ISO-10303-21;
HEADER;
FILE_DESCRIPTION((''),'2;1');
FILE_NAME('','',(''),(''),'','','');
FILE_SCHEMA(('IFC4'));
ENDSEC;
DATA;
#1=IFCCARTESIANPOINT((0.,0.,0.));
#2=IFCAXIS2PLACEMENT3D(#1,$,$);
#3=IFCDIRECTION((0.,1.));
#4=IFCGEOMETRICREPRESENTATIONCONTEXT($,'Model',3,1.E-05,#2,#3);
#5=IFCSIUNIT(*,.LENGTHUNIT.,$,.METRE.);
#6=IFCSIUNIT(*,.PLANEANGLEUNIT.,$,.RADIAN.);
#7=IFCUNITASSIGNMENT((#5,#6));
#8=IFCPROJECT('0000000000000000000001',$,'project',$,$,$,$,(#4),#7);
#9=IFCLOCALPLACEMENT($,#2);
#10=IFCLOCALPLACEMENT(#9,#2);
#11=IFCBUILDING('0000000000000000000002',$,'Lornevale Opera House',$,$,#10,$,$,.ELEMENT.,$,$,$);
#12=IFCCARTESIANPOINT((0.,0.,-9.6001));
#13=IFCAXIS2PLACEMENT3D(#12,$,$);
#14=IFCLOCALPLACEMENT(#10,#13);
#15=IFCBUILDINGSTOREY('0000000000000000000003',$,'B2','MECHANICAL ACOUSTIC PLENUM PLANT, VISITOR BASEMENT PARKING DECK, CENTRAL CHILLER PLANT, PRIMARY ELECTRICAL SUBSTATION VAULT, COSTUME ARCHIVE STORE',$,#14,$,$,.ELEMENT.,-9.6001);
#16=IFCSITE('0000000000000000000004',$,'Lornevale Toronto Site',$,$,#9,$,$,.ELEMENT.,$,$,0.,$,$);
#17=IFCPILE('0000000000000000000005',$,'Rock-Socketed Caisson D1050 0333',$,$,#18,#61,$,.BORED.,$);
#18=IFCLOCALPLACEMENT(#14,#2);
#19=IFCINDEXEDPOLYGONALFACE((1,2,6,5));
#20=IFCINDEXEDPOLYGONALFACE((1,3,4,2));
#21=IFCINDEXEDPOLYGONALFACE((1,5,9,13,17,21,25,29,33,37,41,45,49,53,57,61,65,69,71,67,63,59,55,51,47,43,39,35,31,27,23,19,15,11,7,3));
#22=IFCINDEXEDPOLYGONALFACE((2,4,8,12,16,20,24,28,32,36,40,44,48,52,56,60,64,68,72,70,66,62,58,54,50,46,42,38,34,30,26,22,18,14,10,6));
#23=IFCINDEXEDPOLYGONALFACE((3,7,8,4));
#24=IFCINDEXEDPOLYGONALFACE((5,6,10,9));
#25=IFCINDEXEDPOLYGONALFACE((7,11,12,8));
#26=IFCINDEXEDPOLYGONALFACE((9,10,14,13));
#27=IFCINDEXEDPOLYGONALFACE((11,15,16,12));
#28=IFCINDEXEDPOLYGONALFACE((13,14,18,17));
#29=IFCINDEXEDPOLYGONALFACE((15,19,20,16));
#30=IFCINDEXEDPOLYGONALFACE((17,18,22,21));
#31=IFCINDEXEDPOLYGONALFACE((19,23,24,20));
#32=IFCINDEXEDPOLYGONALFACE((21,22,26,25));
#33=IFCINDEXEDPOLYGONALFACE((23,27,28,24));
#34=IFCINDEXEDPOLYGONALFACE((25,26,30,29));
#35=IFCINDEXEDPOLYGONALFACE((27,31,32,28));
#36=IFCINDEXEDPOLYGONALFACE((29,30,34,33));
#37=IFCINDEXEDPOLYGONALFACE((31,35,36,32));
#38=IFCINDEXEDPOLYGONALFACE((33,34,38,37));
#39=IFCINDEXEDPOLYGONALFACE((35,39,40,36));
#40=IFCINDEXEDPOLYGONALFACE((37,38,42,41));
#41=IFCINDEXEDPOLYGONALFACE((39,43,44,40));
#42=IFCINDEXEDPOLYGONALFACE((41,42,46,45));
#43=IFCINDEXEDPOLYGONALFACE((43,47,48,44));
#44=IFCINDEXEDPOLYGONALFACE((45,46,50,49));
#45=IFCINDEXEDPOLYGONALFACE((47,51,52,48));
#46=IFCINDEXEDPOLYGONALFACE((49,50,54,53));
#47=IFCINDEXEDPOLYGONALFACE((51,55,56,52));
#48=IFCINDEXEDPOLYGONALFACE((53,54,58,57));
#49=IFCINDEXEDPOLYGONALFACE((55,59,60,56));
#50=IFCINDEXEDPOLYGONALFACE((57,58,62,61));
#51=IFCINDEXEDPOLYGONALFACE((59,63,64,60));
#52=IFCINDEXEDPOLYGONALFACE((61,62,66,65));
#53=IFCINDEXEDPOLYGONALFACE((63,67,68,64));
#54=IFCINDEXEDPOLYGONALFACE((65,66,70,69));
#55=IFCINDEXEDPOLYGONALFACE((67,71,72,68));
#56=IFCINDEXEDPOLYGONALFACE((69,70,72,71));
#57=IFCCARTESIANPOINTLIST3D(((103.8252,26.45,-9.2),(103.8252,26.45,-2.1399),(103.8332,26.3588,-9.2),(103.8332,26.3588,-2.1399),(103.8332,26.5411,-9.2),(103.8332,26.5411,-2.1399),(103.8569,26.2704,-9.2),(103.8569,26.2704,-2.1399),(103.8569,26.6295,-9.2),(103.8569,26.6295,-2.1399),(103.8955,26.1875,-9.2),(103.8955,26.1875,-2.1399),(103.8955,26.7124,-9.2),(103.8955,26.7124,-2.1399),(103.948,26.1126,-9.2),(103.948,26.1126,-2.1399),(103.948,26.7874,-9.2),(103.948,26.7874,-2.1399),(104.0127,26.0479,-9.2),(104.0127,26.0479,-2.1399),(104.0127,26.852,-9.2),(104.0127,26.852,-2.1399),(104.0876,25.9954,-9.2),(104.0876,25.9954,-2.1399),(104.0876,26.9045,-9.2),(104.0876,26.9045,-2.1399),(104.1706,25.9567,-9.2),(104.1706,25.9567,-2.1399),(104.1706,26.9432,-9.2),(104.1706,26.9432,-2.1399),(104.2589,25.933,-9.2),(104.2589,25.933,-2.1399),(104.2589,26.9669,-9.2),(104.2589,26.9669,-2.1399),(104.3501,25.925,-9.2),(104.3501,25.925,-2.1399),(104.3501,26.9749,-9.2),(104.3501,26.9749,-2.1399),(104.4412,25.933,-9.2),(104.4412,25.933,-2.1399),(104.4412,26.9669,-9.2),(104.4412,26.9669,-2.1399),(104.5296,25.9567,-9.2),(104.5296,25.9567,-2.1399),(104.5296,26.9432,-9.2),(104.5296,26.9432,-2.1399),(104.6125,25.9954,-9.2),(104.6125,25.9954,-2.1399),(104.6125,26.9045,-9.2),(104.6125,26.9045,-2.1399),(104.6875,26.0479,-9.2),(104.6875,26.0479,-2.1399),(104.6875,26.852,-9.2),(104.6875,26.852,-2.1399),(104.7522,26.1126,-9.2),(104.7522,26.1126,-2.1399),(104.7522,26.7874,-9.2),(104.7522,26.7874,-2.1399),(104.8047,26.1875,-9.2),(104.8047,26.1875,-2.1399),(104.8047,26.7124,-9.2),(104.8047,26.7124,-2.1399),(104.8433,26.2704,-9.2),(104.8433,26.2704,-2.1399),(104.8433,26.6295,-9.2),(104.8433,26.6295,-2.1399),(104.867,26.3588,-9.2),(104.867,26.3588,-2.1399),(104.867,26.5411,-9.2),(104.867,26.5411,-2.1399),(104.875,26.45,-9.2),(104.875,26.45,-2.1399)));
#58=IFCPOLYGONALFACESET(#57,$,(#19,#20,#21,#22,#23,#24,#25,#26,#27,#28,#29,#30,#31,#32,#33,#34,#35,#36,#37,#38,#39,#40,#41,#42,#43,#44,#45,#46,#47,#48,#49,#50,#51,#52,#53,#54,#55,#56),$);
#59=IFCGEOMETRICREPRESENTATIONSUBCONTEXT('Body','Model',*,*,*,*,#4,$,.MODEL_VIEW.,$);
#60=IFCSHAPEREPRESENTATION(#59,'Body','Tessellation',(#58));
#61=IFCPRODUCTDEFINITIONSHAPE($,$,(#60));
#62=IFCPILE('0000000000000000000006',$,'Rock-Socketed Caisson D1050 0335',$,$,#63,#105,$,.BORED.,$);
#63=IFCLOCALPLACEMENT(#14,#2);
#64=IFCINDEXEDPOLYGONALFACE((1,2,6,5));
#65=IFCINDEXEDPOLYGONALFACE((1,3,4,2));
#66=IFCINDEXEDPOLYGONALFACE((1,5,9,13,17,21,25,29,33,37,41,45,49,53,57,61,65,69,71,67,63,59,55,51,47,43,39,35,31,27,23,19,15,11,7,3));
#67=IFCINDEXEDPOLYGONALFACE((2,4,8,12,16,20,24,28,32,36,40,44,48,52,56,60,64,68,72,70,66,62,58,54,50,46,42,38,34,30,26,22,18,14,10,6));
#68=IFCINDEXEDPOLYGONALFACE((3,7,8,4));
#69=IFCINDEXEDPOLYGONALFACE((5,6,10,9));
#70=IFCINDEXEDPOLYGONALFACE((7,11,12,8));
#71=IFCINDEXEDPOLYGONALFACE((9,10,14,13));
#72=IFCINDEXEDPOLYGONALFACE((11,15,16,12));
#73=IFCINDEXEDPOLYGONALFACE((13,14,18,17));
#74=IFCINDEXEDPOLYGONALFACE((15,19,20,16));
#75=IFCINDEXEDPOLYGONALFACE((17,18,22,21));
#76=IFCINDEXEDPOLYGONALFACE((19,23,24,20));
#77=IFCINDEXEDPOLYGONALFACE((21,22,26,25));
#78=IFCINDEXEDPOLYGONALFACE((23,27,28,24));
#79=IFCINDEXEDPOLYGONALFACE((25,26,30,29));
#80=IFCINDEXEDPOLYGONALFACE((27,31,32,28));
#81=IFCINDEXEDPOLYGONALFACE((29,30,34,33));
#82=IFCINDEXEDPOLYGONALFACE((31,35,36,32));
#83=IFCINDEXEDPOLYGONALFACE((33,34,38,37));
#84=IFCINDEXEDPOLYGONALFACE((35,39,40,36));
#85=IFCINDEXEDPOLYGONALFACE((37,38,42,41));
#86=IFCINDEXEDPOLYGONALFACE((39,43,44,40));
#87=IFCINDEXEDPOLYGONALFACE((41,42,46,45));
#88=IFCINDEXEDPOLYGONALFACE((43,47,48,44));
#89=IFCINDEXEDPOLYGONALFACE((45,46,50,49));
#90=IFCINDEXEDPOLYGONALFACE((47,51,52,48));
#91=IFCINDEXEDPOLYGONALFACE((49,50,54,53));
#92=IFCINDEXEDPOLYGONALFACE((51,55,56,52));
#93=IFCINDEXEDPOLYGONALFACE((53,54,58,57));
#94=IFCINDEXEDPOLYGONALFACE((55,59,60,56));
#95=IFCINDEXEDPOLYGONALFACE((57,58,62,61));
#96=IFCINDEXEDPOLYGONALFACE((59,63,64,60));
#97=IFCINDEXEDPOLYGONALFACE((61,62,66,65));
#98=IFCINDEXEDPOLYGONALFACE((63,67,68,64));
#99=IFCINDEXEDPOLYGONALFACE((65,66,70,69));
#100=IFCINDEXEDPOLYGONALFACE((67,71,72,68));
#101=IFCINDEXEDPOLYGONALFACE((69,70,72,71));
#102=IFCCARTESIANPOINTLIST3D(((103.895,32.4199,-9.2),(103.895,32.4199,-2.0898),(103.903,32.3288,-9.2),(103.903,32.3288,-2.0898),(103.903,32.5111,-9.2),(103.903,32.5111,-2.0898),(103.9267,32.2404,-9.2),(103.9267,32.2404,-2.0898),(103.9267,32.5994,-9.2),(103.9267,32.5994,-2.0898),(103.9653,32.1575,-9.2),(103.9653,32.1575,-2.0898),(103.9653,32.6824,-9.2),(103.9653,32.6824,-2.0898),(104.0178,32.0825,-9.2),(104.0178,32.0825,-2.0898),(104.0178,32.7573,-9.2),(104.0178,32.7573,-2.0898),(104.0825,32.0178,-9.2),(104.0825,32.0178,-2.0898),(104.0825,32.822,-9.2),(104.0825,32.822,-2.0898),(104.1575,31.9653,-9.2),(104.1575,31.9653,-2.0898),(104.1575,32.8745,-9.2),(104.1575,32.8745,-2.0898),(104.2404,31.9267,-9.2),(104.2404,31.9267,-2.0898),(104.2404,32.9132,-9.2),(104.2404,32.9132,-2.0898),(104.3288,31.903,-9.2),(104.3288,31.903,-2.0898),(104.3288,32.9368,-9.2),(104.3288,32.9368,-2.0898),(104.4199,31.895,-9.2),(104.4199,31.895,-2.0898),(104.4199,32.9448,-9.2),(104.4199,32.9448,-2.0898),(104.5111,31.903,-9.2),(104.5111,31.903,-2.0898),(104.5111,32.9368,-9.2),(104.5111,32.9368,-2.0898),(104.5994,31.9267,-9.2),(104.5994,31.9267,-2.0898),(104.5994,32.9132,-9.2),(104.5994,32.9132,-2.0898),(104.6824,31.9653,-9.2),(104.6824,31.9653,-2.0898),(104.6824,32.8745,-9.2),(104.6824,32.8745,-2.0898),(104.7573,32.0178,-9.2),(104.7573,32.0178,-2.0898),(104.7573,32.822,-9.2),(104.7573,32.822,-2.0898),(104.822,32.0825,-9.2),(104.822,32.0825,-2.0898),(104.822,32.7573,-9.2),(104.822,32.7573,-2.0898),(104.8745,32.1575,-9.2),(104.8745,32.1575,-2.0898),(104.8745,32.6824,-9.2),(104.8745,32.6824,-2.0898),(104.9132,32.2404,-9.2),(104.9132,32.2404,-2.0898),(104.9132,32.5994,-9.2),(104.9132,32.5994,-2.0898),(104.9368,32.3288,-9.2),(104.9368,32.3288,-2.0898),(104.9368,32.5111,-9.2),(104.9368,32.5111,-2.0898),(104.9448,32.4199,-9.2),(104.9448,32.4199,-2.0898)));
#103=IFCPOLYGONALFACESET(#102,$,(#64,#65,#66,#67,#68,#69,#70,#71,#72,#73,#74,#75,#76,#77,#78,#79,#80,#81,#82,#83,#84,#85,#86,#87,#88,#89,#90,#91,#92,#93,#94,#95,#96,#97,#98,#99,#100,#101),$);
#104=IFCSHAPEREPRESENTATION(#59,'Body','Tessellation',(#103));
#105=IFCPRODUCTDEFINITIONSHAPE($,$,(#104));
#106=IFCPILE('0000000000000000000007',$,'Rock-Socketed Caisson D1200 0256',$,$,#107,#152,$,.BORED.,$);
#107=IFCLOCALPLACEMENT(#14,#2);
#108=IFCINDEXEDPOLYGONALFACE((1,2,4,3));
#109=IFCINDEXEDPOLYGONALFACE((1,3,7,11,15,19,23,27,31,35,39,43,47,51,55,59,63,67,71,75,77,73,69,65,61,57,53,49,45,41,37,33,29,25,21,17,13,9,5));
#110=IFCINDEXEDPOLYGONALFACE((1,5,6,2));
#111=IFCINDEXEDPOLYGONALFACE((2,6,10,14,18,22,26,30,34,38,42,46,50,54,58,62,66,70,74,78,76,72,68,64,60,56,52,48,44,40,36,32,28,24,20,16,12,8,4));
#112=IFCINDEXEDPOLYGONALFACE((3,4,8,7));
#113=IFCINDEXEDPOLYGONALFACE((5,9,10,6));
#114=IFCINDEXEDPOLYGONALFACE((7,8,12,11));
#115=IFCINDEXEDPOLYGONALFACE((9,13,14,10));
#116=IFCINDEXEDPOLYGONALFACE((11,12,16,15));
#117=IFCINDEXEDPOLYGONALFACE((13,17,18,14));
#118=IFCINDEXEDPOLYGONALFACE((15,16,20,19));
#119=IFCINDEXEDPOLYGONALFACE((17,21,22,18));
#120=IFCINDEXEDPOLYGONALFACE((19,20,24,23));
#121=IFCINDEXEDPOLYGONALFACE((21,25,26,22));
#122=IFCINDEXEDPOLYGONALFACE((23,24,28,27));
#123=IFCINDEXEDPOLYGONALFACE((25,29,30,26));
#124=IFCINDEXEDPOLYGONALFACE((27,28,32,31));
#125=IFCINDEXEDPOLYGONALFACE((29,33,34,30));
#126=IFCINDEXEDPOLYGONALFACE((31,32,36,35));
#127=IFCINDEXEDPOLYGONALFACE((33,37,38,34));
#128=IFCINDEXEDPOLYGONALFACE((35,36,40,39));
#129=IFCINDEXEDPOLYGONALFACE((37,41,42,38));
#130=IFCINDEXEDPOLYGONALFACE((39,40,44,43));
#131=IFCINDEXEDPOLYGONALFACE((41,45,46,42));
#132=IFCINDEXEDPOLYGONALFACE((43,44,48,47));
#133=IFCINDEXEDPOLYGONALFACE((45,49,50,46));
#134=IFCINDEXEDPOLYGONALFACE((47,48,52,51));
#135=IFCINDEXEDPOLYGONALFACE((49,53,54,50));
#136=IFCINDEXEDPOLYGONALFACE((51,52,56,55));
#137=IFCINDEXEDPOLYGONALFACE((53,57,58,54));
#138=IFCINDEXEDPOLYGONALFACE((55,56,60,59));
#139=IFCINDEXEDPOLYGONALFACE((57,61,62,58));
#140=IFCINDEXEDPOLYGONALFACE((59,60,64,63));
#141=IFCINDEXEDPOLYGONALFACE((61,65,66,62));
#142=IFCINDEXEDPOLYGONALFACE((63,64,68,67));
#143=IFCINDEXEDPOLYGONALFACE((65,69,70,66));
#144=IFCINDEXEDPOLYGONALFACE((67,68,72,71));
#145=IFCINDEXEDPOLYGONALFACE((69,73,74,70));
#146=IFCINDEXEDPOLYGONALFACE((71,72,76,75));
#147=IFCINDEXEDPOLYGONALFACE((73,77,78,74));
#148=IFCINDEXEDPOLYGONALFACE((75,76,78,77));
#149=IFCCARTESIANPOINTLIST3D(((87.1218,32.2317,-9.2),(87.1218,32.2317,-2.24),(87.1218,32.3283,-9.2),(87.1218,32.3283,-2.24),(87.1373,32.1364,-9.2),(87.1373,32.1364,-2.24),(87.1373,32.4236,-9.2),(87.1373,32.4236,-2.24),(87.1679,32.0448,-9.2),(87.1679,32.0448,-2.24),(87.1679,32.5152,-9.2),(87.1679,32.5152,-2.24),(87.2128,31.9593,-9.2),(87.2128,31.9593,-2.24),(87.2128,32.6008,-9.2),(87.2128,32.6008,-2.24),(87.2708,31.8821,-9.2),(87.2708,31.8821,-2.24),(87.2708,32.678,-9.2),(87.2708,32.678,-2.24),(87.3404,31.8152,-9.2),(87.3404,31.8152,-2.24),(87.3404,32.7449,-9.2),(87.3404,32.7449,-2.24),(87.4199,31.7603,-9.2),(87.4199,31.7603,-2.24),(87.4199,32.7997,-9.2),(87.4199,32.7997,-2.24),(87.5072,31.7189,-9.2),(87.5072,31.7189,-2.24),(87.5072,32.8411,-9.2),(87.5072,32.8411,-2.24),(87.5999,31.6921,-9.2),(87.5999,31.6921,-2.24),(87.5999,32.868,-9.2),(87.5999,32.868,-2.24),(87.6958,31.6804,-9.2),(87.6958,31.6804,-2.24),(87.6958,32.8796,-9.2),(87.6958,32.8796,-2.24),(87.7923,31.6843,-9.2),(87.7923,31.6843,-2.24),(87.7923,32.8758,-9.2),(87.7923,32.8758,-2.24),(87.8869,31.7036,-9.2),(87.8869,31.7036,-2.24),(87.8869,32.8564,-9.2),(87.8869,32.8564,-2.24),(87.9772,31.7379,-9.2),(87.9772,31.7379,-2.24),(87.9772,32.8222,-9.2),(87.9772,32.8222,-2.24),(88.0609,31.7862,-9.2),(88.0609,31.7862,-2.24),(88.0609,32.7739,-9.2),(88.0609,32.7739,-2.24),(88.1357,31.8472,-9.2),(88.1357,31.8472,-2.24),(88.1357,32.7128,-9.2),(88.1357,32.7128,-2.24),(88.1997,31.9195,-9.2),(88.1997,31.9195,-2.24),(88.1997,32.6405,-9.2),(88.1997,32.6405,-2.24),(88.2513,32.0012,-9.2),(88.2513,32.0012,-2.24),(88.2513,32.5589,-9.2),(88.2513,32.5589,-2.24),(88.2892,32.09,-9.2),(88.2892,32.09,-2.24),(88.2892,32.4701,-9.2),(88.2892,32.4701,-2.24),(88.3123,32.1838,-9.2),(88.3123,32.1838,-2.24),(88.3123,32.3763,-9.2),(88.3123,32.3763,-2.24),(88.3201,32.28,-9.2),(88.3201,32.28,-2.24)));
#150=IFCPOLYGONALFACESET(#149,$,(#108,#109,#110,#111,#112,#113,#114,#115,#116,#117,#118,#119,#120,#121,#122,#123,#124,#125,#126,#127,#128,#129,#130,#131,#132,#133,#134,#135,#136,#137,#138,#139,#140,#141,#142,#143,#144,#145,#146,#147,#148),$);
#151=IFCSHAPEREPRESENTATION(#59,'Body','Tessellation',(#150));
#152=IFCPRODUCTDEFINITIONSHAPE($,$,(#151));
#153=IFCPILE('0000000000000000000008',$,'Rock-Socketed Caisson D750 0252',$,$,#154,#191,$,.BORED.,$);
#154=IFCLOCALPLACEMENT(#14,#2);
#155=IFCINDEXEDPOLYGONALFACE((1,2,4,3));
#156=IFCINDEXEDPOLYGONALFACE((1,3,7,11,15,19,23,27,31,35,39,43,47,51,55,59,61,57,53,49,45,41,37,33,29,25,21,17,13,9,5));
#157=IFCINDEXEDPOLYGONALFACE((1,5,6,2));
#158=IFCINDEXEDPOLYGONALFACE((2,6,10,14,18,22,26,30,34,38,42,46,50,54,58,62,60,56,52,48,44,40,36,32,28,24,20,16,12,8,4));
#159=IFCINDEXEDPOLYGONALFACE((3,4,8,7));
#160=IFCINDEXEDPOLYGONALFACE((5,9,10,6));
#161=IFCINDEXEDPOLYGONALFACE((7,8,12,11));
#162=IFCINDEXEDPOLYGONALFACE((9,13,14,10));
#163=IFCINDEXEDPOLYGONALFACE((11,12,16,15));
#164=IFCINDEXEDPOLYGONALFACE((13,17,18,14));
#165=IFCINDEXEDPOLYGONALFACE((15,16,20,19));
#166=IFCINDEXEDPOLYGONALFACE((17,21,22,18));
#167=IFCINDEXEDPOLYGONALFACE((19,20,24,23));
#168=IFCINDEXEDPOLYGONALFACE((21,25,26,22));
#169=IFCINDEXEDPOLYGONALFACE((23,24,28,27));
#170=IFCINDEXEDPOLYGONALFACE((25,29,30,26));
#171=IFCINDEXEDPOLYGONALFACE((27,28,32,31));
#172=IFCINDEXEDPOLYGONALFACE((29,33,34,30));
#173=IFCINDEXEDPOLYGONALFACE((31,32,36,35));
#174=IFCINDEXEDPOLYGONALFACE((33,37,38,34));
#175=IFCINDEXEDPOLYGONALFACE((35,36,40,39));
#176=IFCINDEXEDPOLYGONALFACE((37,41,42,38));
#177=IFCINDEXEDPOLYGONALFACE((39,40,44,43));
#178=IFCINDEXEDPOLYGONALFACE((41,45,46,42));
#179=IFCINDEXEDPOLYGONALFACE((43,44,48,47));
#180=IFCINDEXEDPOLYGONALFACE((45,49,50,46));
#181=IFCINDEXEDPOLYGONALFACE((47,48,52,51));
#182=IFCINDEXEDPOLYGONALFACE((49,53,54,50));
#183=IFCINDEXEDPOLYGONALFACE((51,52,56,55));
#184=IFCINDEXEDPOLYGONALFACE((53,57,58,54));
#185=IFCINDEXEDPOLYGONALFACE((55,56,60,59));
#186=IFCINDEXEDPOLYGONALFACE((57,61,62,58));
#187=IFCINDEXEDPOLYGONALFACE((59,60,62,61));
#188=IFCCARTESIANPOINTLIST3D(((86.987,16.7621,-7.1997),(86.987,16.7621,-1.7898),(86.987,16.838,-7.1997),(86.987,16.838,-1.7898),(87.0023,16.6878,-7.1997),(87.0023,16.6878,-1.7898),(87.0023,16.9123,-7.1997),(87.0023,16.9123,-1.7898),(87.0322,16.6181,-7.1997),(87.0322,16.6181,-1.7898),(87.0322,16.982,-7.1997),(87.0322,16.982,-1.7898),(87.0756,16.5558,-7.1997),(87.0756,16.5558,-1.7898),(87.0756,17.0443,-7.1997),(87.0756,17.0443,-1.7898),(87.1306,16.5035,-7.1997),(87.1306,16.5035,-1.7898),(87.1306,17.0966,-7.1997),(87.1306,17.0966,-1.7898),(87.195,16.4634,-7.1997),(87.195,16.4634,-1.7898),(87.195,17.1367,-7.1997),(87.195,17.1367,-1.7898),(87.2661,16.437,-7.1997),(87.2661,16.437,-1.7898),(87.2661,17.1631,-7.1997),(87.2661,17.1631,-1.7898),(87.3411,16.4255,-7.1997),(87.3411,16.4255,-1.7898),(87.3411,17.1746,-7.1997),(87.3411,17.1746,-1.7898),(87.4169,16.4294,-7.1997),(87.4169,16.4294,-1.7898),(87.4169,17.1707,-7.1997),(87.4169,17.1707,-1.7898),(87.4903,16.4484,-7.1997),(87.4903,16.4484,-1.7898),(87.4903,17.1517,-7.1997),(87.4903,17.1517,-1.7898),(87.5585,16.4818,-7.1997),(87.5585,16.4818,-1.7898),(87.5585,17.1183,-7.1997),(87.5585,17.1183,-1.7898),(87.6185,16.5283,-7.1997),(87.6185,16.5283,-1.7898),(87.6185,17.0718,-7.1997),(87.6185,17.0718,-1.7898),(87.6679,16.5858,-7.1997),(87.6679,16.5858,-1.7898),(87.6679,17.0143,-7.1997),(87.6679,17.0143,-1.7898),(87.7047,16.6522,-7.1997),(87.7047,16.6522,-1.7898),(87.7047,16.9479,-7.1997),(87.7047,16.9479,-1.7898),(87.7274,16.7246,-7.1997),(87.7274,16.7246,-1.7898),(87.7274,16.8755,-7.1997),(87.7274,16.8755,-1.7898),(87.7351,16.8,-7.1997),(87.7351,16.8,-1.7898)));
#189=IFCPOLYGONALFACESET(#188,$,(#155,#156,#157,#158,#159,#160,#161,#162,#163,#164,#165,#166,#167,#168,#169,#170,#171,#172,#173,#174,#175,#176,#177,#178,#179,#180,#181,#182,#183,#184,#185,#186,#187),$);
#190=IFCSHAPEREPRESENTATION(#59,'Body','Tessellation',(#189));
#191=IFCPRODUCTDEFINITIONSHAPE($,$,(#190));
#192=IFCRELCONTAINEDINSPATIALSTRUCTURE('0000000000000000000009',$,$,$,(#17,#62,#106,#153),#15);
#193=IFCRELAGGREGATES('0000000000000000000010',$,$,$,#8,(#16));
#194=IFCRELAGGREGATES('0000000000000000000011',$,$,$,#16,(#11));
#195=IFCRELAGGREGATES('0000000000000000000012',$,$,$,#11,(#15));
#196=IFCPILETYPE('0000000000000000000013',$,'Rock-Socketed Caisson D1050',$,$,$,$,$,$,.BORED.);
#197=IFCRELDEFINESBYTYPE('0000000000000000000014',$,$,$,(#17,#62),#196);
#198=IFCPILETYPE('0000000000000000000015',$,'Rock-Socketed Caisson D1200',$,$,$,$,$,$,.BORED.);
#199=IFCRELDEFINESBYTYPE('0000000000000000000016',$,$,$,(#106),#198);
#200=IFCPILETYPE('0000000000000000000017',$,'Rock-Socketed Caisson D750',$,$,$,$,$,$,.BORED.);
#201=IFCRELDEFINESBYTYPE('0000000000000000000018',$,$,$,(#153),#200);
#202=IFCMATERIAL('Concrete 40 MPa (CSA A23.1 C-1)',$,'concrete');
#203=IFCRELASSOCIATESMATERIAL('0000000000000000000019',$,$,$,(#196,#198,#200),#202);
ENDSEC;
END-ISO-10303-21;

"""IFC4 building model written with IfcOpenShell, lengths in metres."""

from ifc_helpers import new_model, si_unit, direction, frame, origin, origin_2d, place, context, subcontext, project, spatial, circle, extrude, material, material_profile, profile_set, type_object, element, save


model = new_model("IFC4")

# Units and contexts
model_context = context("Model", 3, precision=1e-05, world=origin(), true_north=direction((0.0, 1.0)))
body_context = subcontext(model_context, "Body", "Model", "MODEL_VIEW")
ifc_project = project(units=[si_unit("LENGTHUNIT", "METRE"), si_unit("PLANEANGLEUNIT", "RADIAN")], contexts=[model_context])

# Site, building, storey
site_placement = place(None, origin())
site = spatial("IfcSite", under=ifc_project, at=site_placement, Name="Lornevale Toronto Site", CompositionType="ELEMENT", RefElevation=0.0)
building_placement = place(site_placement, origin())
building = spatial("IfcBuilding", under=site, at=building_placement, Name="Lornevale Opera House", CompositionType="ELEMENT")
storey_placement = place(building_placement, frame((0.0, 0.0, -9.6001)))
storey = spatial("IfcBuildingStorey", under=building, at=storey_placement, Name="B2", Description="MECHANICAL ACOUSTIC PLENUM PLANT, VISITOR BASEMENT PARKING DECK, CENTRAL CHILLER PLANT, PRIMARY ELECTRICAL SUBSTATION VAULT, COSTUME ARCHIVE STORE", CompositionType="ELEMENT", Elevation=-9.6001)

# Piles
ifc_material_1 = material(Name="Concrete 40 MPa (CSA A23.1 C-1)", Category="concrete")
ifc_material_profile_1 = material_profile(ifc_material_1, circle(Radius=0.5249, at=origin_2d()), Name="CAIS1050")
ifc_profile_set_1 = profile_set([ifc_material_profile_1], Name="Concrete 40 MPa (CSA A23.1 C-1)")
pile_type_1 = type_object("IfcPileType", Name="Rock-Socketed Caisson D1050", PredefinedType="BORED", material=ifc_profile_set_1)
for number, where, z_axis, x_axis, name in (
    (1, (104.3501, 26.45, -2.1399), (0.0, 0.0, -1.0), (1.0, 0.0, 0.0), "Rock-Socketed Caisson D1050 0333"),
):
    element("IfcPile", number, at=place(storey_placement, frame(where, z_axis=z_axis, x_axis=x_axis)), inside=storey, type_object=pile_type_1, Name=name, PredefinedType="BORED", context=body_context, shape_type="SweptSolid", body=[
        extrude(circle(Radius=0.5249, at=origin_2d()), origin(), (0.0, 0.0, 1.0), 7.0601),
    ])
pile_1_placement = place(storey_placement, frame((104.4199, 32.4199, -2.0898), z_axis=(0.0, 0.0, -1.0), x_axis=(1.0, 0.0, 0.0)))
element("IfcPile", 2, at=pile_1_placement, inside=storey, type_object=pile_type_1, Name="Rock-Socketed Caisson D1050 0335", PredefinedType="BORED", context=body_context, shape_type="SweptSolid", body=[
    extrude(circle(Radius=0.5249, at=origin_2d()), origin(), (0.0, 0.0, 1.0), 7.1101),
])
ifc_material_profile_2 = material_profile(ifc_material_1, circle(Radius=0.6001, at=origin_2d()), Name="CAIS1200")
ifc_profile_set_2 = profile_set([ifc_material_profile_2], Name="Concrete 40 MPa (CSA A23.1 C-1)")
pile_type_2 = type_object("IfcPileType", Name="Rock-Socketed Caisson D1200", PredefinedType="BORED", material=ifc_profile_set_2)
pile_2_placement = place(storey_placement, frame((87.72, 32.28, -2.24), z_axis=(0.0, 0.0, -1.0), x_axis=(1.0, 0.0, 0.0)))
element("IfcPile", 3, at=pile_2_placement, inside=storey, type_object=pile_type_2, Name="Rock-Socketed Caisson D1200 0256", PredefinedType="BORED", context=body_context, shape_type="SweptSolid", body=[
    extrude(circle(Radius=0.6001, at=origin_2d()), origin(), (0.0, 0.0, 1.0), 6.96),
])
ifc_material_profile_3 = material_profile(ifc_material_1, circle(Radius=0.375, at=origin_2d()), Name="CAIS750")
ifc_profile_set_3 = profile_set([ifc_material_profile_3], Name="Concrete 40 MPa (CSA A23.1 C-1)")
pile_type_3 = type_object("IfcPileType", Name="Rock-Socketed Caisson D750", PredefinedType="BORED", material=ifc_profile_set_3)
pile_3_placement = place(storey_placement, frame((87.3601, 16.8, -1.7898), z_axis=(0.0, 0.0, -1.0), x_axis=(1.0, 0.0, 0.0)))
element("IfcPile", 4, at=pile_3_placement, inside=storey, type_object=pile_type_3, Name="Rock-Socketed Caisson D750 0252", PredefinedType="BORED", context=body_context, shape_type="SweptSolid", body=[
    extrude(circle(Radius=0.375, at=origin_2d()), origin(), (0.0, 0.0, 1.0), 5.4099),
])

save(model, "model.ifc")
